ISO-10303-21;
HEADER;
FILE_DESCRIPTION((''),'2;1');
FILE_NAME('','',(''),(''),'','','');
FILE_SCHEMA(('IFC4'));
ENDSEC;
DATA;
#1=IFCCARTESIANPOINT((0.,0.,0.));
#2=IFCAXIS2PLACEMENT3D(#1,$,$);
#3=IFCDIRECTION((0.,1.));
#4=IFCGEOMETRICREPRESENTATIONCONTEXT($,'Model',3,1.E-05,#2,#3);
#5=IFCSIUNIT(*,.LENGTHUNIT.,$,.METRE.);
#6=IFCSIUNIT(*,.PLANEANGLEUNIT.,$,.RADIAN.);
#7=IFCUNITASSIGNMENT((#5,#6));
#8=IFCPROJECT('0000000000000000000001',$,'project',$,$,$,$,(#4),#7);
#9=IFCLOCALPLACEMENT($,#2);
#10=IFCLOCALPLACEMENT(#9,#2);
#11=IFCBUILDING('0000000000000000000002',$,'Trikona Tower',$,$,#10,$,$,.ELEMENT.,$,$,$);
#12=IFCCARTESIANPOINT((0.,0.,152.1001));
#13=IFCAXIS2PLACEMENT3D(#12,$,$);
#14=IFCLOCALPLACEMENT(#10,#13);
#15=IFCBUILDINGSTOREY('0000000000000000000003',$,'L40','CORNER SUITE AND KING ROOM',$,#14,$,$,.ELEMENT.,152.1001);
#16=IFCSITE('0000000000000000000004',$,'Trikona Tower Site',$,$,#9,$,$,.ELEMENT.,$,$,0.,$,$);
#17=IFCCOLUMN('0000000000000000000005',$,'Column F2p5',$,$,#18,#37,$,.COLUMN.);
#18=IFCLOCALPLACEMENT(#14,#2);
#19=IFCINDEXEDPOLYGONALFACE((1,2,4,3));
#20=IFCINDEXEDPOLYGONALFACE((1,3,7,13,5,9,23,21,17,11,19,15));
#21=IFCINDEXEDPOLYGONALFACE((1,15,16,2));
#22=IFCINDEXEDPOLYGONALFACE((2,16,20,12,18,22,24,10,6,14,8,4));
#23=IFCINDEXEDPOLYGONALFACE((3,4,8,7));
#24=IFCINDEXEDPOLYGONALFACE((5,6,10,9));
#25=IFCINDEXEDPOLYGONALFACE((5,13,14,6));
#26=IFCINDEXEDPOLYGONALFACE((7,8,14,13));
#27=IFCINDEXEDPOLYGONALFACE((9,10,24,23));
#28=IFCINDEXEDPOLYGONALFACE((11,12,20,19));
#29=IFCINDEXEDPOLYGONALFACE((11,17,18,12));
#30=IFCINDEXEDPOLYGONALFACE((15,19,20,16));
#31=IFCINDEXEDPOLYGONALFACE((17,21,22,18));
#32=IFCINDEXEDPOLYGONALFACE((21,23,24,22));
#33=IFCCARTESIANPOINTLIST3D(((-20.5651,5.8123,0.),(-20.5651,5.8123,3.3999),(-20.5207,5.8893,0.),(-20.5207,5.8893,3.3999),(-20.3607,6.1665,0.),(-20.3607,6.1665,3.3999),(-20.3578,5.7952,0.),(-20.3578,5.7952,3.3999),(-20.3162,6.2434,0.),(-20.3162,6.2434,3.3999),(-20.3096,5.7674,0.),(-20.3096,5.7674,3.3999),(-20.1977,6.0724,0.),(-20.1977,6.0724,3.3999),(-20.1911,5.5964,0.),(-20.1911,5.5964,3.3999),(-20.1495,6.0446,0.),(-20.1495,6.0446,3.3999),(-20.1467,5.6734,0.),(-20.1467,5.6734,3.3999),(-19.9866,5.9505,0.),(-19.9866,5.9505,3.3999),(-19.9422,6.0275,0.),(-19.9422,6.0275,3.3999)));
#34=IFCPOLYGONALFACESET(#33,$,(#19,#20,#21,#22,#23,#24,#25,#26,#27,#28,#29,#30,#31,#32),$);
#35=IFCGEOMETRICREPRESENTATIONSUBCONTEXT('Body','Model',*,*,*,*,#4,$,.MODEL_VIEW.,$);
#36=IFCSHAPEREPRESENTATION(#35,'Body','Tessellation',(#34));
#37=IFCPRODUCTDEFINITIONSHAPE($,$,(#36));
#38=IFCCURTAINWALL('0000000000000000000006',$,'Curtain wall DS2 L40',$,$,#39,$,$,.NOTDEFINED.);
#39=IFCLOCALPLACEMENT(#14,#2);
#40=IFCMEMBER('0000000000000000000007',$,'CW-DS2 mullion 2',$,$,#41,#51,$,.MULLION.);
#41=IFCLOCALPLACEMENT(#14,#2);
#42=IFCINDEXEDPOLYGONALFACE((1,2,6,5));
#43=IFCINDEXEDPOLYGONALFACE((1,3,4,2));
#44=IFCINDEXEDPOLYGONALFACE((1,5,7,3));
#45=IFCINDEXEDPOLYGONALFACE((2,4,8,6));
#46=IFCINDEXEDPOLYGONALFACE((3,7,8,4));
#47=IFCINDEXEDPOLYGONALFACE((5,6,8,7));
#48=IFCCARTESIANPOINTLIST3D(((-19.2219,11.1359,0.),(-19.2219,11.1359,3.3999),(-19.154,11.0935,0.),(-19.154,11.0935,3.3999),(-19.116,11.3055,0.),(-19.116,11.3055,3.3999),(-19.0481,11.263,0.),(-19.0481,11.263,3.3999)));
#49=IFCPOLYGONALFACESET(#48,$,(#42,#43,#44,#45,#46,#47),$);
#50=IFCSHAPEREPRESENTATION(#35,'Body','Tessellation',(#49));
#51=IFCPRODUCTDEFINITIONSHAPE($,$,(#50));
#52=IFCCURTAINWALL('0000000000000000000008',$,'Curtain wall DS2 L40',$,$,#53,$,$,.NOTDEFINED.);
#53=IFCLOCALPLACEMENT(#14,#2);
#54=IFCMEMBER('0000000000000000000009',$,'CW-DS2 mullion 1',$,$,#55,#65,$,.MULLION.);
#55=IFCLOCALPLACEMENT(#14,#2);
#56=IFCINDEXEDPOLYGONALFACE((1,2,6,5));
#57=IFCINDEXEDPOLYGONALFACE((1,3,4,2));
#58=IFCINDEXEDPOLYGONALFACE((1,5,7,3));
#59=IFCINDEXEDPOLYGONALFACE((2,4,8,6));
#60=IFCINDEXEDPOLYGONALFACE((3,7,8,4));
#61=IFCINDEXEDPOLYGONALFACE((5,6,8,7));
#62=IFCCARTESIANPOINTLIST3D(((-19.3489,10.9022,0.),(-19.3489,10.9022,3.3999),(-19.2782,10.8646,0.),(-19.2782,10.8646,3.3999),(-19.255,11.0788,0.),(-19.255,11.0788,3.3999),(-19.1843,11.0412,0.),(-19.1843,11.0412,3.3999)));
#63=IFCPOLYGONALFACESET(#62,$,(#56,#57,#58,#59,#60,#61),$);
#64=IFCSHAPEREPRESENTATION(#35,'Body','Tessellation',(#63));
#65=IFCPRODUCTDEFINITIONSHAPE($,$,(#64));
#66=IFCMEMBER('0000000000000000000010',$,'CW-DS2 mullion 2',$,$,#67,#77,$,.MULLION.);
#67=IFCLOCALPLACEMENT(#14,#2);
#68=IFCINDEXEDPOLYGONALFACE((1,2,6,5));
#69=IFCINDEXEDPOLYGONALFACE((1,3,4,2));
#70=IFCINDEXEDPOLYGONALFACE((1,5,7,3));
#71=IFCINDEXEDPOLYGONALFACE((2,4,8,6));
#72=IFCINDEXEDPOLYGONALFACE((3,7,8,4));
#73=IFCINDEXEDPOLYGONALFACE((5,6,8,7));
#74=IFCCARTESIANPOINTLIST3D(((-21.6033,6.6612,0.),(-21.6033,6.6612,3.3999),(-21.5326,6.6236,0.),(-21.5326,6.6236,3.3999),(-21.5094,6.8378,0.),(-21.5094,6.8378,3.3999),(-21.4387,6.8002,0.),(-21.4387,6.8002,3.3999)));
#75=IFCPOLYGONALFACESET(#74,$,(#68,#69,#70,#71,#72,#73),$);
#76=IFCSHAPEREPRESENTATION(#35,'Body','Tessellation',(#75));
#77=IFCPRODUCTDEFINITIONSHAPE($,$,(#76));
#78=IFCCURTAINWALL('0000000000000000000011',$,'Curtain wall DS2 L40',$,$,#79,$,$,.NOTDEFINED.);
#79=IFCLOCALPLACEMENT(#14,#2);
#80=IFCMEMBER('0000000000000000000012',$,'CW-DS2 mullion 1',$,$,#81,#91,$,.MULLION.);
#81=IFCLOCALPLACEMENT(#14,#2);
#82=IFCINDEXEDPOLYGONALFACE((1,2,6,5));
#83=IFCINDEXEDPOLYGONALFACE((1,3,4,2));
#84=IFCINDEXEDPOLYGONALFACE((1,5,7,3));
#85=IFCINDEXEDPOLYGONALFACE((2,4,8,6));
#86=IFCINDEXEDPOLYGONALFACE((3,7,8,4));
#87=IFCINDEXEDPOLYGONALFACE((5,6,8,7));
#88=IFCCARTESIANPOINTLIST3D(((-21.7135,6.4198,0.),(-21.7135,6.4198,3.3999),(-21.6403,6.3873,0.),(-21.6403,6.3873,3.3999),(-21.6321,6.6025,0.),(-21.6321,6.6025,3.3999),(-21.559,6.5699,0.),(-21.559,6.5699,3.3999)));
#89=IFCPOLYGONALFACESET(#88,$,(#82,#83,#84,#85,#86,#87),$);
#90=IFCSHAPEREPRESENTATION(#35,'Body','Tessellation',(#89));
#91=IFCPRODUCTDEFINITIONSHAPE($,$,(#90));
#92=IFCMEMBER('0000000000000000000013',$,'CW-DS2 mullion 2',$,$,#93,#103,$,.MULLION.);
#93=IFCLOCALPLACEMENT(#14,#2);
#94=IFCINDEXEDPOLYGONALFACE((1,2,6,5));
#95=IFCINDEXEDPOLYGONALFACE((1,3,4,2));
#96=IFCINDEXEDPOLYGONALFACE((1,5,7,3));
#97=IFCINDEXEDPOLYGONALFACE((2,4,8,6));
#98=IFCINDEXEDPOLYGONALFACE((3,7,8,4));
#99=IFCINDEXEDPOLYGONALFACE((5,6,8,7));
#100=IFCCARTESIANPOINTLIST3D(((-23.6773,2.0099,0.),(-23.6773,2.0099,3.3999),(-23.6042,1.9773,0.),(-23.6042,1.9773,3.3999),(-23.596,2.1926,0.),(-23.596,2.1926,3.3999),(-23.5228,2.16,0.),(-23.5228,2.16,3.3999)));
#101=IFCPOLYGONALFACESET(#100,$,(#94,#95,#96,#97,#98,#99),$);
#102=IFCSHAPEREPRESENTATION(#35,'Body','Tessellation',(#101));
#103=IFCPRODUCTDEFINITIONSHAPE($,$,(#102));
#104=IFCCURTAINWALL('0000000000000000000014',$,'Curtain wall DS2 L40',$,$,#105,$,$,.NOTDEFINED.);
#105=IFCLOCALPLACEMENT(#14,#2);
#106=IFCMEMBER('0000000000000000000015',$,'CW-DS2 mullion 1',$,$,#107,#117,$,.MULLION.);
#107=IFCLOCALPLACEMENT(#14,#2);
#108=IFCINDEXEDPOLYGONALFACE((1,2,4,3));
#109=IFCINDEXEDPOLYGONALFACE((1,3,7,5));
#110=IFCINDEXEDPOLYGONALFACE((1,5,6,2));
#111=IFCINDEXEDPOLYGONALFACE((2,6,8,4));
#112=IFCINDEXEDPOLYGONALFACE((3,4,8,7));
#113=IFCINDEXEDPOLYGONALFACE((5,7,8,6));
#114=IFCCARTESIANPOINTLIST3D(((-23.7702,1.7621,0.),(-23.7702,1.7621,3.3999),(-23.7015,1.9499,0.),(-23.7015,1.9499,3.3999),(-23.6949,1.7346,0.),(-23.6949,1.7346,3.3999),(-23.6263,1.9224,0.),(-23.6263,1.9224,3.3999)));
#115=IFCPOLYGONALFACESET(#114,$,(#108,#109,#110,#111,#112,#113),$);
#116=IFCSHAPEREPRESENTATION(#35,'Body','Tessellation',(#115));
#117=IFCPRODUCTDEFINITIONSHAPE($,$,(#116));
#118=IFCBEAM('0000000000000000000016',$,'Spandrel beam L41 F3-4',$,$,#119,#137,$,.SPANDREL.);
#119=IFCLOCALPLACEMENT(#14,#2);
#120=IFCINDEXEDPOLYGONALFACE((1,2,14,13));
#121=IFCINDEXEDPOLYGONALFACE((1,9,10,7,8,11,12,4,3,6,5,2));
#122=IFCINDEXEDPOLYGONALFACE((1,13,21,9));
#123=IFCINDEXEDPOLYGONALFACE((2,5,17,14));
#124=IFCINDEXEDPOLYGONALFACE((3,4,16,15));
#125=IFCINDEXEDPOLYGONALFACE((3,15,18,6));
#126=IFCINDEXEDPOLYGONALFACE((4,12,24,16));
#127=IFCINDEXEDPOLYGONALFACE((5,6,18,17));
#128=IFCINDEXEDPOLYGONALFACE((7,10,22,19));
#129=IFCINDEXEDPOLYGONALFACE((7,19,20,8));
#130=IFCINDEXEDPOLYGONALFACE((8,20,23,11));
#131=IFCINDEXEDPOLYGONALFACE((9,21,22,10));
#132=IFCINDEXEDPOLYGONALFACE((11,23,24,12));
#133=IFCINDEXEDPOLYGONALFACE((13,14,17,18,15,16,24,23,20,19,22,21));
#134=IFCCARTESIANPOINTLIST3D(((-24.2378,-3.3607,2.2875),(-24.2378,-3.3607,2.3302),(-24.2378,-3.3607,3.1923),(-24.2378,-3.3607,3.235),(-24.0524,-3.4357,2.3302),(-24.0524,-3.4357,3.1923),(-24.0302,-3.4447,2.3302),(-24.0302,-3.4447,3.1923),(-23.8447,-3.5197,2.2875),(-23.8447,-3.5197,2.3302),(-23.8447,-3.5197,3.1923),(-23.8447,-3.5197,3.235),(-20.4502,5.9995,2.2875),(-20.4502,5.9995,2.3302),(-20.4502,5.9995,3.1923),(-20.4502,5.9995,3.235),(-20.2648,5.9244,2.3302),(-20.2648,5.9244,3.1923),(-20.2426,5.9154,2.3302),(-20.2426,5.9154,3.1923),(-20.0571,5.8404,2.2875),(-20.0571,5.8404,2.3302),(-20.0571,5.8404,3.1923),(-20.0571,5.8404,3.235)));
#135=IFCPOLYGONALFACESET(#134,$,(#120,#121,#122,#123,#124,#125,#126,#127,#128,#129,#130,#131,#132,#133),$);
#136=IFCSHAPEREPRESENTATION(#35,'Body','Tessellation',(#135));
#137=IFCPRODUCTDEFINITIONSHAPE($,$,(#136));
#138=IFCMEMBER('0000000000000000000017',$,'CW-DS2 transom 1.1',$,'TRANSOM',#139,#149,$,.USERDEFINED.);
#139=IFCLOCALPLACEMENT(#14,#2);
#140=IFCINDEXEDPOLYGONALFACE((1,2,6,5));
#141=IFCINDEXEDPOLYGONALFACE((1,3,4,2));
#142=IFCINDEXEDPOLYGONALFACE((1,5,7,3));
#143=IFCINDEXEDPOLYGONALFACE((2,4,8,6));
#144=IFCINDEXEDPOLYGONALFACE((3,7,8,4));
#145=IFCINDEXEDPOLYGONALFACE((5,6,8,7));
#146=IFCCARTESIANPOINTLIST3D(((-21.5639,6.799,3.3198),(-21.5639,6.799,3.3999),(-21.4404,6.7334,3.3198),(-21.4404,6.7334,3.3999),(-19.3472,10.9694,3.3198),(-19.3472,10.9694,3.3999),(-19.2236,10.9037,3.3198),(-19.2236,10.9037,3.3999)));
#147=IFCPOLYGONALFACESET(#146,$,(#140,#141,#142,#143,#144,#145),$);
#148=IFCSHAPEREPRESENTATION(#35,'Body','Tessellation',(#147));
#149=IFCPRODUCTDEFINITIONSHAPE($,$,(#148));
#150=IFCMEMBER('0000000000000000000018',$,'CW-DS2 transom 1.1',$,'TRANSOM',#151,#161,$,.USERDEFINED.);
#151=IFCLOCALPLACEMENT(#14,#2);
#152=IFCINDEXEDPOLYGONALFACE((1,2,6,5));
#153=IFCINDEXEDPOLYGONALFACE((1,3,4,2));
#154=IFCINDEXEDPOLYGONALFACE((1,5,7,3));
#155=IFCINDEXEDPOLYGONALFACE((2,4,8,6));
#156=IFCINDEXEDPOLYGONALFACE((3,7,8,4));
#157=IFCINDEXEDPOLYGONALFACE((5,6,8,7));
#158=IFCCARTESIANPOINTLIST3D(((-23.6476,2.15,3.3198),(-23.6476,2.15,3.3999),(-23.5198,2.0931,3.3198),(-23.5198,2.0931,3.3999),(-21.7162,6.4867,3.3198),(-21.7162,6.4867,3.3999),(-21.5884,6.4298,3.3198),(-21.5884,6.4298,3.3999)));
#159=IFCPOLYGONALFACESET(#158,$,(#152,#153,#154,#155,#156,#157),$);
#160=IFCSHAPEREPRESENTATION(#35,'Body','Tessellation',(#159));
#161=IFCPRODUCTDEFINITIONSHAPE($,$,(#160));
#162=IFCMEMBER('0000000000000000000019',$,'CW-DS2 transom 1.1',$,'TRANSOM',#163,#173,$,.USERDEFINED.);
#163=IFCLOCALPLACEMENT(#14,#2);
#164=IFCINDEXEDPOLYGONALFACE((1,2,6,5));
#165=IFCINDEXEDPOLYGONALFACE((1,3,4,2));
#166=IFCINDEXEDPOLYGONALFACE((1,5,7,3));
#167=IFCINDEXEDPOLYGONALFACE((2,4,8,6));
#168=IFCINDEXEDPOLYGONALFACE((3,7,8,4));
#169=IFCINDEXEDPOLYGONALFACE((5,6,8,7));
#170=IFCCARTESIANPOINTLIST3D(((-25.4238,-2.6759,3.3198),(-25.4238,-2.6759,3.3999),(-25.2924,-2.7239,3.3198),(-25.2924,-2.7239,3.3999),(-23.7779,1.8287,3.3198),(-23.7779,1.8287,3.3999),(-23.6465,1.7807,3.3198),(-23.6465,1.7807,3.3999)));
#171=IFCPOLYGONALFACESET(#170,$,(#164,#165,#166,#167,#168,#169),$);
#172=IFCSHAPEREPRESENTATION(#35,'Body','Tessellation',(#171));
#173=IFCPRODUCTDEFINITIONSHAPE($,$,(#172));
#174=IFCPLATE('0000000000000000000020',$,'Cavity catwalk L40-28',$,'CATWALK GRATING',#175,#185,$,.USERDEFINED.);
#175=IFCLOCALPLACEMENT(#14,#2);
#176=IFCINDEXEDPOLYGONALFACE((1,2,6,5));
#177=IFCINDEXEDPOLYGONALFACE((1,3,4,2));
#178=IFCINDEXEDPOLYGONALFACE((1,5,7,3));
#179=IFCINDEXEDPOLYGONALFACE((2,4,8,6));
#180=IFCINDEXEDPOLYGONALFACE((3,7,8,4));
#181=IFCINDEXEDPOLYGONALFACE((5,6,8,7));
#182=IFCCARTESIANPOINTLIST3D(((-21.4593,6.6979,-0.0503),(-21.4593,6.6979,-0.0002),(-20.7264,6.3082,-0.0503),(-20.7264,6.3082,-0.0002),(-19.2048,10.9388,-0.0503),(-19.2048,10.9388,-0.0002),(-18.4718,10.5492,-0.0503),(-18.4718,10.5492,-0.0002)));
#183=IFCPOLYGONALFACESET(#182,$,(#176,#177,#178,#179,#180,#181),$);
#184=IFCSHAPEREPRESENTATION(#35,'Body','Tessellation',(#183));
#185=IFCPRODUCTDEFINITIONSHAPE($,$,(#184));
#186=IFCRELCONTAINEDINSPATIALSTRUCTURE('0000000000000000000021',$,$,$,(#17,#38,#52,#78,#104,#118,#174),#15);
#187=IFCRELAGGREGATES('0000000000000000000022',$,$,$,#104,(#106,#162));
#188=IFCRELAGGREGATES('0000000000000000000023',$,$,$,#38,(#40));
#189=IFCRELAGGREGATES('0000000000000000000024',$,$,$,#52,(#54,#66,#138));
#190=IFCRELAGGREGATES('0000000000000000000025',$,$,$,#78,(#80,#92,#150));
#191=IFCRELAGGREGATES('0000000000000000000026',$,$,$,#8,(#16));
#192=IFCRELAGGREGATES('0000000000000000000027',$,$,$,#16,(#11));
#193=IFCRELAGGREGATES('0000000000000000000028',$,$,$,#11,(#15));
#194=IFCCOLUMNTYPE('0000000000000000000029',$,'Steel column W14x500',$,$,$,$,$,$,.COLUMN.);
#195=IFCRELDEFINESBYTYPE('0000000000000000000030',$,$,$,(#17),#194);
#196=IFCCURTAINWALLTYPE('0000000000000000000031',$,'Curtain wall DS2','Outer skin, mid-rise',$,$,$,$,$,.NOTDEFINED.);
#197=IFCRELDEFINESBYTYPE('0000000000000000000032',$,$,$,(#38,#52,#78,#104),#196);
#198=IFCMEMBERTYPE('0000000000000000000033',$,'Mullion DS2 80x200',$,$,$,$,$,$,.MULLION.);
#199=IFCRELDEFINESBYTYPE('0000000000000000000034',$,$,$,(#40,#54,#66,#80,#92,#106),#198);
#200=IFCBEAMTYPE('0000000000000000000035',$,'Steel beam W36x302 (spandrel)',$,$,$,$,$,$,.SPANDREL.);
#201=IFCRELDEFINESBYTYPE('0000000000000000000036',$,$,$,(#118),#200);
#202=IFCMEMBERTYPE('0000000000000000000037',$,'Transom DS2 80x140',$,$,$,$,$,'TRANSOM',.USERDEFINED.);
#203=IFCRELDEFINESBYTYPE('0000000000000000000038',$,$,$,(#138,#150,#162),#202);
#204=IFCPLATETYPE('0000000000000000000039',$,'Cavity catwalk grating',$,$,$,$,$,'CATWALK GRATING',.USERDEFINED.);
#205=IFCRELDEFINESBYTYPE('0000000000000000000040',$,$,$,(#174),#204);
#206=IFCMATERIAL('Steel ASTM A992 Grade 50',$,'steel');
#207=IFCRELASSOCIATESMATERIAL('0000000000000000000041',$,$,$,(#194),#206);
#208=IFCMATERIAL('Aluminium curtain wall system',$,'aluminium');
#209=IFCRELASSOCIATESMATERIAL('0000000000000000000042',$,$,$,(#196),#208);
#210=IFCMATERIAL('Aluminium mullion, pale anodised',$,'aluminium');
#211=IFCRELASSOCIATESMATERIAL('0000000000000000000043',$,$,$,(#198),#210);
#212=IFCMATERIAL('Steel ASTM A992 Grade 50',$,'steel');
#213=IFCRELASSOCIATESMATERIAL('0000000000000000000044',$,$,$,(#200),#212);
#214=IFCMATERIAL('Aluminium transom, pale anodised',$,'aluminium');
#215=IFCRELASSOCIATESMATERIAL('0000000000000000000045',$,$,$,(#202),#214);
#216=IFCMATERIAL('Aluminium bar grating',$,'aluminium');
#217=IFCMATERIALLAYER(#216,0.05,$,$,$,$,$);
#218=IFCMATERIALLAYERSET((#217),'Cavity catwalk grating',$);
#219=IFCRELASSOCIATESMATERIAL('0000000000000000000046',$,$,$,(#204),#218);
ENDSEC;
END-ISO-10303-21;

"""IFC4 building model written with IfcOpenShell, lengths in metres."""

from ifc_helpers import new_model, si_unit, direction, frame, origin, origin_2d, place, context, subcontext, project, spatial, rectangle, i_section, extrude, material, layer, layer_set, material_profile, profile_set, type_object, element, aggregate, save


model = new_model("IFC4")

# Units and contexts
model_context = context("Model", 3, precision=1e-05, world=origin(), true_north=direction((0.0, 1.0)))
body_context = subcontext(model_context, "Body", "Model", "MODEL_VIEW")
ifc_project = project(units=[si_unit("LENGTHUNIT", "METRE"), si_unit("PLANEANGLEUNIT", "RADIAN")], contexts=[model_context])

# Site, building, storey
site_placement = place(None, origin())
site = spatial("IfcSite", under=ifc_project, at=site_placement, Name="Trikona Tower Site", CompositionType="ELEMENT", RefElevation=0.0)
building_placement = place(site_placement, origin())
building = spatial("IfcBuilding", under=site, at=building_placement, Name="Trikona Tower", CompositionType="ELEMENT")
storey_placement = place(building_placement, frame((0.0, 0.0, 152.1001)))
storey = spatial("IfcBuildingStorey", under=building, at=storey_placement, Name="L40", Description="CORNER SUITE AND KING ROOM", CompositionType="ELEMENT", Elevation=152.1001)

# Column
ifc_material_1 = material(Name="Steel ASTM A992 Grade 50", Category="steel")
ifc_material_profile_1 = material_profile(ifc_material_1, i_section(OverallWidth=0.4319, OverallDepth=0.4978, WebThickness=0.0557, FlangeThickness=0.0889, at=origin_2d()), Name="W14X500")
ifc_profile_set_1 = profile_set([ifc_material_profile_1], Name="Steel ASTM A992 Grade 50")
column_type = type_object("IfcColumnType", Name="Steel column W14x500", PredefinedType="COLUMN", material=ifc_profile_set_1)
column_placement = place(storey_placement, frame((-20.2537, 5.9199, 0.0), z_axis=(0.0, 0.0, 1.0), x_axis=(-0.866025, 0.5, 0.0)))
element("IfcColumn", 1, at=column_placement, inside=storey, type_object=column_type, Name="Column F2p5", PredefinedType="COLUMN", context=body_context, shape_type="SweptSolid", body=[
    extrude(i_section(OverallWidth=0.4319, OverallDepth=0.4978, WebThickness=0.0557, FlangeThickness=0.0889, at=origin_2d()), origin(), (0.0, 0.0, 1.0), 3.3999),
])

# Curtain wall, member
ifc_material_2 = material(Name="Aluminium curtain wall system", Category="aluminium")
curtain_wall_type = type_object("IfcCurtainWallType", Name="Curtain wall DS2", Description="Outer skin, mid-rise", PredefinedType="NOTDEFINED", material=ifc_material_2)
curtain_wall_1_placement = place(storey_placement, origin())
curtain_wall_1 = element("IfcCurtainWall", 2, at=curtain_wall_1_placement, inside=storey, type_object=curtain_wall_type, Name="Curtain wall DS2 L40", PredefinedType="NOTDEFINED")
ifc_material_3 = material(Name="Aluminium mullion, pale anodised", Category="aluminium")
ifc_material_profile_2 = material_profile(ifc_material_3, rectangle(XDim=0.0801, YDim=0.2, at=origin_2d()), Name="MUL-DS2")
ifc_profile_set_2 = profile_set([ifc_material_profile_2], Name="Aluminium mullion, pale anodised")
member_type_1 = type_object("IfcMemberType", Name="Mullion DS2 80x200", PredefinedType="MULLION", material=ifc_profile_set_2)
member_1_placement = place(storey_placement, frame((-19.135, 11.1995, 0.0), z_axis=(0.0, 0.0, 1.0), x_axis=(0.847998, -0.529999, 0.0)))
member_1 = element("IfcMember", 3, at=member_1_placement, type_object=member_type_1, Name="CW-DS2 mullion 2", PredefinedType="MULLION", context=body_context, shape_type="SweptSolid", body=[
    extrude(rectangle(XDim=0.0801, YDim=0.2, at=origin_2d()), origin(), (0.0, 0.0, 1.0), 3.3999),
])

# Curtain walls, members
curtain_wall_2_placement = place(storey_placement, origin())
curtain_wall_2 = element("IfcCurtainWall", 4, at=curtain_wall_2_placement, inside=storey, type_object=curtain_wall_type, Name="Curtain wall DS2 L40", PredefinedType="NOTDEFINED")
member_2_placement = place(storey_placement, frame((-19.2666, 10.9717, 0.0), z_axis=(0.0, 0.0, 1.0), x_axis=(0.882996, -0.46938, 0.0)))
member_2 = element("IfcMember", 5, at=member_2_placement, type_object=member_type_1, Name="CW-DS2 mullion 1", PredefinedType="MULLION", context=body_context, shape_type="SweptSolid", body=[
    extrude(rectangle(XDim=0.0801, YDim=0.2, at=origin_2d()), origin(), (0.0, 0.0, 1.0), 3.3999),
])
member_3_placement = place(storey_placement, frame((-21.521, 6.7307, 0.0), z_axis=(0.0, 0.0, 1.0), x_axis=(0.882996, -0.46938, 0.0)))
member_3 = element("IfcMember", 6, at=member_3_placement, type_object=member_type_1, Name="CW-DS2 mullion 2", PredefinedType="MULLION", context=body_context, shape_type="SweptSolid", body=[
    extrude(rectangle(XDim=0.0801, YDim=0.2, at=origin_2d()), origin(), (0.0, 0.0, 1.0), 3.3999),
])
curtain_wall_3_placement = place(storey_placement, origin())
curtain_wall_3 = element("IfcCurtainWall", 7, at=curtain_wall_3_placement, inside=storey, type_object=curtain_wall_type, Name="Curtain wall DS2 L40", PredefinedType="NOTDEFINED")
member_4_placement = place(storey_placement, frame((-21.6362, 6.4949, 0.0), z_axis=(0.0, 0.0, 1.0), x_axis=(0.913501, -0.406836, 0.0)))
member_4 = element("IfcMember", 8, at=member_4_placement, type_object=member_type_1, Name="CW-DS2 mullion 1", PredefinedType="MULLION", context=body_context, shape_type="SweptSolid", body=[
    extrude(rectangle(XDim=0.0801, YDim=0.2, at=origin_2d()), origin(), (0.0, 0.0, 1.0), 3.3999),
])
member_5_placement = place(storey_placement, frame((-23.6001, 2.085, 0.0), z_axis=(0.0, 0.0, 1.0), x_axis=(0.913501, -0.406836, 0.0)))
member_5 = element("IfcMember", 9, at=member_5_placement, type_object=member_type_1, Name="CW-DS2 mullion 2", PredefinedType="MULLION", context=body_context, shape_type="SweptSolid", body=[
    extrude(rectangle(XDim=0.0801, YDim=0.2, at=origin_2d()), origin(), (0.0, 0.0, 1.0), 3.3999),
])

# Curtain wall, member
curtain_wall_4_placement = place(storey_placement, origin())
curtain_wall_4 = element("IfcCurtainWall", 10, at=curtain_wall_4_placement, inside=storey, type_object=curtain_wall_type, Name="Curtain wall DS2 L40", PredefinedType="NOTDEFINED")
member_6_placement = place(storey_placement, frame((-23.6982, 1.8423, 0.0), z_axis=(0.0, 0.0, 1.0), x_axis=(0.939254, -0.343223, 0.0)))
member_6 = element("IfcMember", 11, at=member_6_placement, type_object=member_type_1, Name="CW-DS2 mullion 1", PredefinedType="MULLION", context=body_context, shape_type="SweptSolid", body=[
    extrude(rectangle(XDim=0.0801, YDim=0.2, at=origin_2d()), origin(), (0.0, 0.0, 1.0), 3.3999),
])

# Beam
ifc_material_4 = material(Name="Steel ASTM A992 Grade 50", Category="steel")
ifc_material_profile_3 = material_profile(ifc_material_4, i_section(OverallWidth=0.4241, OverallDepth=0.9475, WebThickness=0.0239, FlangeThickness=0.0427, at=origin_2d()), Name="W36X302")
ifc_profile_set_3 = profile_set([ifc_material_profile_3], Name="Steel ASTM A992 Grade 50")
beam_type = type_object("IfcBeamType", Name="Steel beam W36x302 (spandrel)", PredefinedType="SPANDREL", material=ifc_profile_set_3)
beam_placement = place(storey_placement, frame((-20.2537, 5.9199, 2.7612), z_axis=(-0.375106, -0.926982, 0.0), x_axis=(0.926982, -0.375106, 0.0)))
element("IfcBeam", 12, at=beam_placement, inside=storey, type_object=beam_type, Name="Spandrel beam L41 F3-4", PredefinedType="SPANDREL", context=body_context, shape_type="SweptSolid", body=[
    extrude(i_section(OverallWidth=0.4241, OverallDepth=0.9475, WebThickness=0.0239, FlangeThickness=0.0427, at=origin_2d()), origin(), (0.0, 0.0, 1.0), 10.0974),
])

# Members
ifc_material_5 = material(Name="Aluminium transom, pale anodised", Category="aluminium")
ifc_material_profile_4 = material_profile(ifc_material_5, rectangle(XDim=0.1399, YDim=0.0801, at=origin_2d()), Name="TRN-DS2")
ifc_profile_set_4 = profile_set([ifc_material_profile_4], Name="Aluminium transom, pale anodised")
member_type_2 = type_object("IfcMemberType", Name="Transom DS2 80x140", ElementType="TRANSOM", PredefinedType="USERDEFINED", material=ifc_profile_set_4)
member_7_placement = place(storey_placement, frame((-19.2854, 10.9365, 3.3599), z_axis=(-0.469364, -0.883005, 0.0), x_axis=(0.883005, -0.469364, 0.0)))
member_7 = element("IfcMember", 13, at=member_7_placement, type_object=member_type_2, Name="CW-DS2 transom 1.1", ObjectType="TRANSOM", PredefinedType="USERDEFINED", context=body_context, shape_type="SweptSolid", body=[
    extrude(rectangle(XDim=0.1399, YDim=0.0801, at=origin_2d()), origin(), (0.0, 0.0, 1.0), 4.7229),
])
member_8_placement = place(storey_placement, frame((-21.6523, 6.4583, 3.3599), z_axis=(-0.40684, -0.9135, 0.0), x_axis=(0.9135, -0.40684, 0.0)))
member_8 = element("IfcMember", 14, at=member_8_placement, type_object=member_type_2, Name="CW-DS2 transom 1.1", ObjectType="TRANSOM", PredefinedType="USERDEFINED", context=body_context, shape_type="SweptSolid", body=[
    extrude(rectangle(XDim=0.1399, YDim=0.0801, at=origin_2d()), origin(), (0.0, 0.0, 1.0), 4.7473),
])
member_9_placement = place(storey_placement, frame((-23.7122, 1.8047, 3.3599), z_axis=(-0.343206, -0.93926, 0.0), x_axis=(0.93926, -0.343206, 0.0)))
member_9 = element("IfcMember", 15, at=member_9_placement, type_object=member_type_2, Name="CW-DS2 transom 1.1", ObjectType="TRANSOM", PredefinedType="USERDEFINED", context=body_context, shape_type="SweptSolid", body=[
    extrude(rectangle(XDim=0.1399, YDim=0.0801, at=origin_2d()), origin(), (0.0, 0.0, 1.0), 4.7959),
])
aggregate(curtain_wall_4, [member_6, member_9])

# Plate
ifc_material_6 = material(Name="Aluminium bar grating", Category="aluminium")
ifc_layer_1 = layer(ifc_material_6, 0.05)
ifc_layer_set_1 = layer_set([ifc_layer_1], Name="Cavity catwalk grating")
plate_type_1 = type_object("IfcPlateType", Name="Cavity catwalk grating", ElementType="CATWALK GRATING", PredefinedType="USERDEFINED", material=ifc_layer_set_1)
plate_1_placement = place(storey_placement, frame((-19.9656, 8.6235, -0.0503), z_axis=(0.0, 0.0, 1.0), x_axis=(-0.469398, -0.882987, 0.0)))
element("IfcPlate", 16, at=plate_1_placement, inside=storey, type_object=plate_type_1, Name="Cavity catwalk L40-28", ObjectType="CATWALK GRATING", PredefinedType="USERDEFINED", context=body_context, shape_type="SweptSolid", body=[
    extrude(rectangle(XDim=4.803, YDim=0.8301, at=origin_2d()), origin(), (0.0, 0.0, 1.0), 0.05),
])

aggregate(curtain_wall_1, [member_1])
aggregate(curtain_wall_2, [member_2, member_3, member_7])
aggregate(curtain_wall_3, [member_4, member_5, member_8])

save(model, "model.ifc")
